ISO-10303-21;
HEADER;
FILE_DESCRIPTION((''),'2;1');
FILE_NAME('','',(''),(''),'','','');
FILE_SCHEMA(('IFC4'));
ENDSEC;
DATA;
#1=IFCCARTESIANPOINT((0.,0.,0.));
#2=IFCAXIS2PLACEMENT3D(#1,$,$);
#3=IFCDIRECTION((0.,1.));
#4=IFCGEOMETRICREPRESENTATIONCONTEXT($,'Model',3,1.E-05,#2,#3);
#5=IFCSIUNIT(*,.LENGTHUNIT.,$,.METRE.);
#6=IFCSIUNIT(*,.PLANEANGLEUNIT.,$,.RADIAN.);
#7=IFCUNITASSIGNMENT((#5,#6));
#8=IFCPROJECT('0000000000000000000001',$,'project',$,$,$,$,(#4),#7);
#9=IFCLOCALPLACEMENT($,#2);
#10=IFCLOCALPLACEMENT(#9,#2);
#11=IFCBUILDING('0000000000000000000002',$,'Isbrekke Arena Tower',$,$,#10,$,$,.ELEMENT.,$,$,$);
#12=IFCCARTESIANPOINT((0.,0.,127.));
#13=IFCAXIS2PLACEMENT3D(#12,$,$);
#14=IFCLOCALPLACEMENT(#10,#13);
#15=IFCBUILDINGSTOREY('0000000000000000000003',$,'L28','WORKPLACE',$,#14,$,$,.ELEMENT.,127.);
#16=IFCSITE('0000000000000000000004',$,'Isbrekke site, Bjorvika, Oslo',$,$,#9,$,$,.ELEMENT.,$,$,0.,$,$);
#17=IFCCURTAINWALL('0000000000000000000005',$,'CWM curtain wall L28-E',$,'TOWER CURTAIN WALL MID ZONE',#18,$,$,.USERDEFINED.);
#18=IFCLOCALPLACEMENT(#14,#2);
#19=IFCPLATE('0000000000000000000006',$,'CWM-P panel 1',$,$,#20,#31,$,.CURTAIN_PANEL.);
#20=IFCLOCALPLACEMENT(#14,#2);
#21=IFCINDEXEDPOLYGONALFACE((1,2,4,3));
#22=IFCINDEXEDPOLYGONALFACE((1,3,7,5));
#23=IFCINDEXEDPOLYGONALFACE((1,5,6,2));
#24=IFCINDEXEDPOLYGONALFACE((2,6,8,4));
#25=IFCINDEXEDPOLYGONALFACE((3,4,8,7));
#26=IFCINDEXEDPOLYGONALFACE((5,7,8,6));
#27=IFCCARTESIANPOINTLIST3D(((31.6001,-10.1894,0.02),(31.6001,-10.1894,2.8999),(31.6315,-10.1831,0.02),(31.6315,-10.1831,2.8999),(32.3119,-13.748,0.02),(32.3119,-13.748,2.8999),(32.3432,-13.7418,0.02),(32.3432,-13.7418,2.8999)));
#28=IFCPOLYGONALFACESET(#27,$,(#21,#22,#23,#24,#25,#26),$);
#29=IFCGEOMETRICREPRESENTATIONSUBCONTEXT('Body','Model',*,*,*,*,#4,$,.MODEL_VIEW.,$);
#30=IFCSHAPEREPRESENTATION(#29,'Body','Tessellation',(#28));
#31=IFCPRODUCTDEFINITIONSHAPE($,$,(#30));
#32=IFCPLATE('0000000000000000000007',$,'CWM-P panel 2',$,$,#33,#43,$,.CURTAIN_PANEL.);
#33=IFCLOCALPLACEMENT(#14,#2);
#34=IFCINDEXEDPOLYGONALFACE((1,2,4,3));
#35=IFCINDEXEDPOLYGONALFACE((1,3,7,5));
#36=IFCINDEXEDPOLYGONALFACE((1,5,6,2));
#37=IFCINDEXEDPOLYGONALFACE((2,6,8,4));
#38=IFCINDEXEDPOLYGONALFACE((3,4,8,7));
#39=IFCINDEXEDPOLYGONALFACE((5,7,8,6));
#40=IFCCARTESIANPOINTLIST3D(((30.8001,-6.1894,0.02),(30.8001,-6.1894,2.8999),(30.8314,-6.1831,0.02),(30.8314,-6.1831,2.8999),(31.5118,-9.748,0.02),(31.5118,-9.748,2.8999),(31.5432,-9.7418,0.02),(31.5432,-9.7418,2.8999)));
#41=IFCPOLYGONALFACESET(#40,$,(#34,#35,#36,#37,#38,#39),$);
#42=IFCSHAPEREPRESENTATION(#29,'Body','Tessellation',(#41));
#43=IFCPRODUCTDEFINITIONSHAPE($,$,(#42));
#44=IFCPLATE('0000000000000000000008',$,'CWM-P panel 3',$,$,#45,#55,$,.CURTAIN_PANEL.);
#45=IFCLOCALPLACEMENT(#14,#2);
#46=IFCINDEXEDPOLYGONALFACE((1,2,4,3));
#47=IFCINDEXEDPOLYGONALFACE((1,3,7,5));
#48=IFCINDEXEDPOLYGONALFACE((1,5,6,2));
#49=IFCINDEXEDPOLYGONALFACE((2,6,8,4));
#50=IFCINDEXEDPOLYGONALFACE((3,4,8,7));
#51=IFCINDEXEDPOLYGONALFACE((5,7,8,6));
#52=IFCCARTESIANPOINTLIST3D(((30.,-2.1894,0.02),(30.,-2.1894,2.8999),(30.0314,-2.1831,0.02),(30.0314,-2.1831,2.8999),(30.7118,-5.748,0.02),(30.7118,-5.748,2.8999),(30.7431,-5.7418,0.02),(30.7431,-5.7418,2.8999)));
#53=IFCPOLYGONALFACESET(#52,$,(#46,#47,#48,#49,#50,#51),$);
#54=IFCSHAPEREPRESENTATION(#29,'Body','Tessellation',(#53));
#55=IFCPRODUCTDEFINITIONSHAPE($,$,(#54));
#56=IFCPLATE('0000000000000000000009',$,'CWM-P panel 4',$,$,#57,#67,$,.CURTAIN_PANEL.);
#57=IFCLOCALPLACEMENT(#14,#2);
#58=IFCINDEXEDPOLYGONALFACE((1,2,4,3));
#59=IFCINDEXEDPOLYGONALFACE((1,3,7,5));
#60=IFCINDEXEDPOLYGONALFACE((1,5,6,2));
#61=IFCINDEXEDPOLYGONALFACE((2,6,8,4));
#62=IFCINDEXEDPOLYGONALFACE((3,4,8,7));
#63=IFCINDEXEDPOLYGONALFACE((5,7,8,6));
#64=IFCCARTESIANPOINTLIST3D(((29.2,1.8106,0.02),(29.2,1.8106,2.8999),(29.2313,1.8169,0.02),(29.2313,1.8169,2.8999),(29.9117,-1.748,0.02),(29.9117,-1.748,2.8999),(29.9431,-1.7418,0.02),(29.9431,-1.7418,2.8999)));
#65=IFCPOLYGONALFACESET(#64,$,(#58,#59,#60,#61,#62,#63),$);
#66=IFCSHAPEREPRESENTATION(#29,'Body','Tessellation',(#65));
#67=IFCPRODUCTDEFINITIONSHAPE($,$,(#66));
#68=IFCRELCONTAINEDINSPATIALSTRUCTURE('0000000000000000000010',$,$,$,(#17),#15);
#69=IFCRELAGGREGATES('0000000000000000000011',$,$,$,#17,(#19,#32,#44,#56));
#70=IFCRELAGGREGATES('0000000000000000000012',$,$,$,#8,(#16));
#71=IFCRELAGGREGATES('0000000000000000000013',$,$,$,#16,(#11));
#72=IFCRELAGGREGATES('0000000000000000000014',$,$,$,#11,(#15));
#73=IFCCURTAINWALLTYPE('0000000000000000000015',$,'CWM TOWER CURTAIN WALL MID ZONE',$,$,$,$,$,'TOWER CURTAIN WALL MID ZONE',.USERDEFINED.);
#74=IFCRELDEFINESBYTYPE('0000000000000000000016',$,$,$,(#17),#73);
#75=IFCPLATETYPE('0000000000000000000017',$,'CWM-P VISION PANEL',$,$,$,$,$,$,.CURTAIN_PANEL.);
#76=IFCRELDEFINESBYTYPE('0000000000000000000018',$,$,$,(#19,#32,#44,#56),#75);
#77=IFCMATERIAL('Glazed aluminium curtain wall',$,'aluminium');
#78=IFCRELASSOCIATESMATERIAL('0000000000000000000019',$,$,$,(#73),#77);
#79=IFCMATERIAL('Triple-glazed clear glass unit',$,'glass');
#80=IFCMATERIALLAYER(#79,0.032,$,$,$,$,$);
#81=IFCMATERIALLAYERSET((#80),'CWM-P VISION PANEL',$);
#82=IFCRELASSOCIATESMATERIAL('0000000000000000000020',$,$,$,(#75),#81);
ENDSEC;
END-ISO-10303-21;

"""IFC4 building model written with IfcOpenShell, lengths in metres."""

from ifc_helpers import new_model, si_unit, direction, frame, origin, origin_2d, place, context, subcontext, project, spatial, rectangle, extrude, material, layer, layer_set, type_object, element, aggregate, save


model = new_model("IFC4")

# Units and contexts
model_context = context("Model", 3, precision=1e-05, world=origin(), true_north=direction((0.0, 1.0)))
body_context = subcontext(model_context, "Body", "Model", "MODEL_VIEW")
ifc_project = project(units=[si_unit("LENGTHUNIT", "METRE"), si_unit("PLANEANGLEUNIT", "RADIAN")], contexts=[model_context])

# Site, building, storey
site_placement = place(None, origin())
site = spatial("IfcSite", under=ifc_project, at=site_placement, Name="Isbrekke site, Bjorvika, Oslo", CompositionType="ELEMENT", RefElevation=0.0)
building_placement = place(site_placement, origin())
building = spatial("IfcBuilding", under=site, at=building_placement, Name="Isbrekke Arena Tower", CompositionType="ELEMENT")
storey_placement = place(building_placement, frame((0.0, 0.0, 127.0)))
storey = spatial("IfcBuildingStorey", under=building, at=storey_placement, Name="L28", Description="WORKPLACE", CompositionType="ELEMENT", Elevation=127.0)

# Curtain wall
ifc_material_1 = material(Name="Glazed aluminium curtain wall", Category="aluminium")
curtain_wall_type = type_object("IfcCurtainWallType", Name="CWM TOWER CURTAIN WALL MID ZONE", ElementType="TOWER CURTAIN WALL MID ZONE", PredefinedType="USERDEFINED", material=ifc_material_1)
curtain_wall_placement = place(storey_placement, origin())
curtain_wall = element("IfcCurtainWall", 1, at=curtain_wall_placement, inside=storey, type_object=curtain_wall_type, Name="CWM curtain wall L28-E", ObjectType="TOWER CURTAIN WALL MID ZONE", PredefinedType="USERDEFINED")

# Plates
ifc_material_2 = material(Name="Triple-glazed clear glass unit", Category="glass")
ifc_layer = layer(ifc_material_2, 0.032)
ifc_layer_set = layer_set([ifc_layer], Name="CWM-P VISION PANEL")
plate_type = type_object("IfcPlateType", Name="CWM-P VISION PANEL", PredefinedType="CURTAIN_PANEL", material=ifc_layer_set)
plate_1_placement = place(storey_placement, frame((31.9717, -11.9656, 0.02), z_axis=(0.0, 0.0, 1.0), x_axis=(-0.196116, 0.980581, 0.0)))
plate_1 = element("IfcPlate", 2, at=plate_1_placement, type_object=plate_type, Name="CWM-P panel 1", PredefinedType="CURTAIN_PANEL", context=body_context, shape_type="SweptSolid", body=[
    extrude(rectangle(XDim=3.6292, YDim=0.032, at=origin_2d()), origin(), (0.0, 0.0, 1.0), 2.8799),
])
plate_2_placement = place(storey_placement, frame((31.1716, -7.9656, 0.02), z_axis=(0.0, 0.0, 1.0), x_axis=(-0.196116, 0.980581, 0.0)))
plate_2 = element("IfcPlate", 3, at=plate_2_placement, type_object=plate_type, Name="CWM-P panel 2", PredefinedType="CURTAIN_PANEL", context=body_context, shape_type="SweptSolid", body=[
    extrude(rectangle(XDim=3.6292, YDim=0.032, at=origin_2d()), origin(), (0.0, 0.0, 1.0), 2.8799),
])
plate_3_placement = place(storey_placement, frame((30.3716, -3.9656, 0.02), z_axis=(0.0, 0.0, 1.0), x_axis=(-0.196116, 0.980581, 0.0)))
plate_3 = element("IfcPlate", 4, at=plate_3_placement, type_object=plate_type, Name="CWM-P panel 3", PredefinedType="CURTAIN_PANEL", context=body_context, shape_type="SweptSolid", body=[
    extrude(rectangle(XDim=3.6292, YDim=0.032, at=origin_2d()), origin(), (0.0, 0.0, 1.0), 2.8799),
])
plate_4_placement = place(storey_placement, frame((29.5715, 0.0344, 0.02), z_axis=(0.0, 0.0, 1.0), x_axis=(-0.196116, 0.980581, 0.0)))
plate_4 = element("IfcPlate", 5, at=plate_4_placement, type_object=plate_type, Name="CWM-P panel 4", PredefinedType="CURTAIN_PANEL", context=body_context, shape_type="SweptSolid", body=[
    extrude(rectangle(XDim=3.6292, YDim=0.032, at=origin_2d()), origin(), (0.0, 0.0, 1.0), 2.8799),
])
aggregate(curtain_wall, [plate_1, plate_2, plate_3, plate_4])

save(model, "model.ifc")
